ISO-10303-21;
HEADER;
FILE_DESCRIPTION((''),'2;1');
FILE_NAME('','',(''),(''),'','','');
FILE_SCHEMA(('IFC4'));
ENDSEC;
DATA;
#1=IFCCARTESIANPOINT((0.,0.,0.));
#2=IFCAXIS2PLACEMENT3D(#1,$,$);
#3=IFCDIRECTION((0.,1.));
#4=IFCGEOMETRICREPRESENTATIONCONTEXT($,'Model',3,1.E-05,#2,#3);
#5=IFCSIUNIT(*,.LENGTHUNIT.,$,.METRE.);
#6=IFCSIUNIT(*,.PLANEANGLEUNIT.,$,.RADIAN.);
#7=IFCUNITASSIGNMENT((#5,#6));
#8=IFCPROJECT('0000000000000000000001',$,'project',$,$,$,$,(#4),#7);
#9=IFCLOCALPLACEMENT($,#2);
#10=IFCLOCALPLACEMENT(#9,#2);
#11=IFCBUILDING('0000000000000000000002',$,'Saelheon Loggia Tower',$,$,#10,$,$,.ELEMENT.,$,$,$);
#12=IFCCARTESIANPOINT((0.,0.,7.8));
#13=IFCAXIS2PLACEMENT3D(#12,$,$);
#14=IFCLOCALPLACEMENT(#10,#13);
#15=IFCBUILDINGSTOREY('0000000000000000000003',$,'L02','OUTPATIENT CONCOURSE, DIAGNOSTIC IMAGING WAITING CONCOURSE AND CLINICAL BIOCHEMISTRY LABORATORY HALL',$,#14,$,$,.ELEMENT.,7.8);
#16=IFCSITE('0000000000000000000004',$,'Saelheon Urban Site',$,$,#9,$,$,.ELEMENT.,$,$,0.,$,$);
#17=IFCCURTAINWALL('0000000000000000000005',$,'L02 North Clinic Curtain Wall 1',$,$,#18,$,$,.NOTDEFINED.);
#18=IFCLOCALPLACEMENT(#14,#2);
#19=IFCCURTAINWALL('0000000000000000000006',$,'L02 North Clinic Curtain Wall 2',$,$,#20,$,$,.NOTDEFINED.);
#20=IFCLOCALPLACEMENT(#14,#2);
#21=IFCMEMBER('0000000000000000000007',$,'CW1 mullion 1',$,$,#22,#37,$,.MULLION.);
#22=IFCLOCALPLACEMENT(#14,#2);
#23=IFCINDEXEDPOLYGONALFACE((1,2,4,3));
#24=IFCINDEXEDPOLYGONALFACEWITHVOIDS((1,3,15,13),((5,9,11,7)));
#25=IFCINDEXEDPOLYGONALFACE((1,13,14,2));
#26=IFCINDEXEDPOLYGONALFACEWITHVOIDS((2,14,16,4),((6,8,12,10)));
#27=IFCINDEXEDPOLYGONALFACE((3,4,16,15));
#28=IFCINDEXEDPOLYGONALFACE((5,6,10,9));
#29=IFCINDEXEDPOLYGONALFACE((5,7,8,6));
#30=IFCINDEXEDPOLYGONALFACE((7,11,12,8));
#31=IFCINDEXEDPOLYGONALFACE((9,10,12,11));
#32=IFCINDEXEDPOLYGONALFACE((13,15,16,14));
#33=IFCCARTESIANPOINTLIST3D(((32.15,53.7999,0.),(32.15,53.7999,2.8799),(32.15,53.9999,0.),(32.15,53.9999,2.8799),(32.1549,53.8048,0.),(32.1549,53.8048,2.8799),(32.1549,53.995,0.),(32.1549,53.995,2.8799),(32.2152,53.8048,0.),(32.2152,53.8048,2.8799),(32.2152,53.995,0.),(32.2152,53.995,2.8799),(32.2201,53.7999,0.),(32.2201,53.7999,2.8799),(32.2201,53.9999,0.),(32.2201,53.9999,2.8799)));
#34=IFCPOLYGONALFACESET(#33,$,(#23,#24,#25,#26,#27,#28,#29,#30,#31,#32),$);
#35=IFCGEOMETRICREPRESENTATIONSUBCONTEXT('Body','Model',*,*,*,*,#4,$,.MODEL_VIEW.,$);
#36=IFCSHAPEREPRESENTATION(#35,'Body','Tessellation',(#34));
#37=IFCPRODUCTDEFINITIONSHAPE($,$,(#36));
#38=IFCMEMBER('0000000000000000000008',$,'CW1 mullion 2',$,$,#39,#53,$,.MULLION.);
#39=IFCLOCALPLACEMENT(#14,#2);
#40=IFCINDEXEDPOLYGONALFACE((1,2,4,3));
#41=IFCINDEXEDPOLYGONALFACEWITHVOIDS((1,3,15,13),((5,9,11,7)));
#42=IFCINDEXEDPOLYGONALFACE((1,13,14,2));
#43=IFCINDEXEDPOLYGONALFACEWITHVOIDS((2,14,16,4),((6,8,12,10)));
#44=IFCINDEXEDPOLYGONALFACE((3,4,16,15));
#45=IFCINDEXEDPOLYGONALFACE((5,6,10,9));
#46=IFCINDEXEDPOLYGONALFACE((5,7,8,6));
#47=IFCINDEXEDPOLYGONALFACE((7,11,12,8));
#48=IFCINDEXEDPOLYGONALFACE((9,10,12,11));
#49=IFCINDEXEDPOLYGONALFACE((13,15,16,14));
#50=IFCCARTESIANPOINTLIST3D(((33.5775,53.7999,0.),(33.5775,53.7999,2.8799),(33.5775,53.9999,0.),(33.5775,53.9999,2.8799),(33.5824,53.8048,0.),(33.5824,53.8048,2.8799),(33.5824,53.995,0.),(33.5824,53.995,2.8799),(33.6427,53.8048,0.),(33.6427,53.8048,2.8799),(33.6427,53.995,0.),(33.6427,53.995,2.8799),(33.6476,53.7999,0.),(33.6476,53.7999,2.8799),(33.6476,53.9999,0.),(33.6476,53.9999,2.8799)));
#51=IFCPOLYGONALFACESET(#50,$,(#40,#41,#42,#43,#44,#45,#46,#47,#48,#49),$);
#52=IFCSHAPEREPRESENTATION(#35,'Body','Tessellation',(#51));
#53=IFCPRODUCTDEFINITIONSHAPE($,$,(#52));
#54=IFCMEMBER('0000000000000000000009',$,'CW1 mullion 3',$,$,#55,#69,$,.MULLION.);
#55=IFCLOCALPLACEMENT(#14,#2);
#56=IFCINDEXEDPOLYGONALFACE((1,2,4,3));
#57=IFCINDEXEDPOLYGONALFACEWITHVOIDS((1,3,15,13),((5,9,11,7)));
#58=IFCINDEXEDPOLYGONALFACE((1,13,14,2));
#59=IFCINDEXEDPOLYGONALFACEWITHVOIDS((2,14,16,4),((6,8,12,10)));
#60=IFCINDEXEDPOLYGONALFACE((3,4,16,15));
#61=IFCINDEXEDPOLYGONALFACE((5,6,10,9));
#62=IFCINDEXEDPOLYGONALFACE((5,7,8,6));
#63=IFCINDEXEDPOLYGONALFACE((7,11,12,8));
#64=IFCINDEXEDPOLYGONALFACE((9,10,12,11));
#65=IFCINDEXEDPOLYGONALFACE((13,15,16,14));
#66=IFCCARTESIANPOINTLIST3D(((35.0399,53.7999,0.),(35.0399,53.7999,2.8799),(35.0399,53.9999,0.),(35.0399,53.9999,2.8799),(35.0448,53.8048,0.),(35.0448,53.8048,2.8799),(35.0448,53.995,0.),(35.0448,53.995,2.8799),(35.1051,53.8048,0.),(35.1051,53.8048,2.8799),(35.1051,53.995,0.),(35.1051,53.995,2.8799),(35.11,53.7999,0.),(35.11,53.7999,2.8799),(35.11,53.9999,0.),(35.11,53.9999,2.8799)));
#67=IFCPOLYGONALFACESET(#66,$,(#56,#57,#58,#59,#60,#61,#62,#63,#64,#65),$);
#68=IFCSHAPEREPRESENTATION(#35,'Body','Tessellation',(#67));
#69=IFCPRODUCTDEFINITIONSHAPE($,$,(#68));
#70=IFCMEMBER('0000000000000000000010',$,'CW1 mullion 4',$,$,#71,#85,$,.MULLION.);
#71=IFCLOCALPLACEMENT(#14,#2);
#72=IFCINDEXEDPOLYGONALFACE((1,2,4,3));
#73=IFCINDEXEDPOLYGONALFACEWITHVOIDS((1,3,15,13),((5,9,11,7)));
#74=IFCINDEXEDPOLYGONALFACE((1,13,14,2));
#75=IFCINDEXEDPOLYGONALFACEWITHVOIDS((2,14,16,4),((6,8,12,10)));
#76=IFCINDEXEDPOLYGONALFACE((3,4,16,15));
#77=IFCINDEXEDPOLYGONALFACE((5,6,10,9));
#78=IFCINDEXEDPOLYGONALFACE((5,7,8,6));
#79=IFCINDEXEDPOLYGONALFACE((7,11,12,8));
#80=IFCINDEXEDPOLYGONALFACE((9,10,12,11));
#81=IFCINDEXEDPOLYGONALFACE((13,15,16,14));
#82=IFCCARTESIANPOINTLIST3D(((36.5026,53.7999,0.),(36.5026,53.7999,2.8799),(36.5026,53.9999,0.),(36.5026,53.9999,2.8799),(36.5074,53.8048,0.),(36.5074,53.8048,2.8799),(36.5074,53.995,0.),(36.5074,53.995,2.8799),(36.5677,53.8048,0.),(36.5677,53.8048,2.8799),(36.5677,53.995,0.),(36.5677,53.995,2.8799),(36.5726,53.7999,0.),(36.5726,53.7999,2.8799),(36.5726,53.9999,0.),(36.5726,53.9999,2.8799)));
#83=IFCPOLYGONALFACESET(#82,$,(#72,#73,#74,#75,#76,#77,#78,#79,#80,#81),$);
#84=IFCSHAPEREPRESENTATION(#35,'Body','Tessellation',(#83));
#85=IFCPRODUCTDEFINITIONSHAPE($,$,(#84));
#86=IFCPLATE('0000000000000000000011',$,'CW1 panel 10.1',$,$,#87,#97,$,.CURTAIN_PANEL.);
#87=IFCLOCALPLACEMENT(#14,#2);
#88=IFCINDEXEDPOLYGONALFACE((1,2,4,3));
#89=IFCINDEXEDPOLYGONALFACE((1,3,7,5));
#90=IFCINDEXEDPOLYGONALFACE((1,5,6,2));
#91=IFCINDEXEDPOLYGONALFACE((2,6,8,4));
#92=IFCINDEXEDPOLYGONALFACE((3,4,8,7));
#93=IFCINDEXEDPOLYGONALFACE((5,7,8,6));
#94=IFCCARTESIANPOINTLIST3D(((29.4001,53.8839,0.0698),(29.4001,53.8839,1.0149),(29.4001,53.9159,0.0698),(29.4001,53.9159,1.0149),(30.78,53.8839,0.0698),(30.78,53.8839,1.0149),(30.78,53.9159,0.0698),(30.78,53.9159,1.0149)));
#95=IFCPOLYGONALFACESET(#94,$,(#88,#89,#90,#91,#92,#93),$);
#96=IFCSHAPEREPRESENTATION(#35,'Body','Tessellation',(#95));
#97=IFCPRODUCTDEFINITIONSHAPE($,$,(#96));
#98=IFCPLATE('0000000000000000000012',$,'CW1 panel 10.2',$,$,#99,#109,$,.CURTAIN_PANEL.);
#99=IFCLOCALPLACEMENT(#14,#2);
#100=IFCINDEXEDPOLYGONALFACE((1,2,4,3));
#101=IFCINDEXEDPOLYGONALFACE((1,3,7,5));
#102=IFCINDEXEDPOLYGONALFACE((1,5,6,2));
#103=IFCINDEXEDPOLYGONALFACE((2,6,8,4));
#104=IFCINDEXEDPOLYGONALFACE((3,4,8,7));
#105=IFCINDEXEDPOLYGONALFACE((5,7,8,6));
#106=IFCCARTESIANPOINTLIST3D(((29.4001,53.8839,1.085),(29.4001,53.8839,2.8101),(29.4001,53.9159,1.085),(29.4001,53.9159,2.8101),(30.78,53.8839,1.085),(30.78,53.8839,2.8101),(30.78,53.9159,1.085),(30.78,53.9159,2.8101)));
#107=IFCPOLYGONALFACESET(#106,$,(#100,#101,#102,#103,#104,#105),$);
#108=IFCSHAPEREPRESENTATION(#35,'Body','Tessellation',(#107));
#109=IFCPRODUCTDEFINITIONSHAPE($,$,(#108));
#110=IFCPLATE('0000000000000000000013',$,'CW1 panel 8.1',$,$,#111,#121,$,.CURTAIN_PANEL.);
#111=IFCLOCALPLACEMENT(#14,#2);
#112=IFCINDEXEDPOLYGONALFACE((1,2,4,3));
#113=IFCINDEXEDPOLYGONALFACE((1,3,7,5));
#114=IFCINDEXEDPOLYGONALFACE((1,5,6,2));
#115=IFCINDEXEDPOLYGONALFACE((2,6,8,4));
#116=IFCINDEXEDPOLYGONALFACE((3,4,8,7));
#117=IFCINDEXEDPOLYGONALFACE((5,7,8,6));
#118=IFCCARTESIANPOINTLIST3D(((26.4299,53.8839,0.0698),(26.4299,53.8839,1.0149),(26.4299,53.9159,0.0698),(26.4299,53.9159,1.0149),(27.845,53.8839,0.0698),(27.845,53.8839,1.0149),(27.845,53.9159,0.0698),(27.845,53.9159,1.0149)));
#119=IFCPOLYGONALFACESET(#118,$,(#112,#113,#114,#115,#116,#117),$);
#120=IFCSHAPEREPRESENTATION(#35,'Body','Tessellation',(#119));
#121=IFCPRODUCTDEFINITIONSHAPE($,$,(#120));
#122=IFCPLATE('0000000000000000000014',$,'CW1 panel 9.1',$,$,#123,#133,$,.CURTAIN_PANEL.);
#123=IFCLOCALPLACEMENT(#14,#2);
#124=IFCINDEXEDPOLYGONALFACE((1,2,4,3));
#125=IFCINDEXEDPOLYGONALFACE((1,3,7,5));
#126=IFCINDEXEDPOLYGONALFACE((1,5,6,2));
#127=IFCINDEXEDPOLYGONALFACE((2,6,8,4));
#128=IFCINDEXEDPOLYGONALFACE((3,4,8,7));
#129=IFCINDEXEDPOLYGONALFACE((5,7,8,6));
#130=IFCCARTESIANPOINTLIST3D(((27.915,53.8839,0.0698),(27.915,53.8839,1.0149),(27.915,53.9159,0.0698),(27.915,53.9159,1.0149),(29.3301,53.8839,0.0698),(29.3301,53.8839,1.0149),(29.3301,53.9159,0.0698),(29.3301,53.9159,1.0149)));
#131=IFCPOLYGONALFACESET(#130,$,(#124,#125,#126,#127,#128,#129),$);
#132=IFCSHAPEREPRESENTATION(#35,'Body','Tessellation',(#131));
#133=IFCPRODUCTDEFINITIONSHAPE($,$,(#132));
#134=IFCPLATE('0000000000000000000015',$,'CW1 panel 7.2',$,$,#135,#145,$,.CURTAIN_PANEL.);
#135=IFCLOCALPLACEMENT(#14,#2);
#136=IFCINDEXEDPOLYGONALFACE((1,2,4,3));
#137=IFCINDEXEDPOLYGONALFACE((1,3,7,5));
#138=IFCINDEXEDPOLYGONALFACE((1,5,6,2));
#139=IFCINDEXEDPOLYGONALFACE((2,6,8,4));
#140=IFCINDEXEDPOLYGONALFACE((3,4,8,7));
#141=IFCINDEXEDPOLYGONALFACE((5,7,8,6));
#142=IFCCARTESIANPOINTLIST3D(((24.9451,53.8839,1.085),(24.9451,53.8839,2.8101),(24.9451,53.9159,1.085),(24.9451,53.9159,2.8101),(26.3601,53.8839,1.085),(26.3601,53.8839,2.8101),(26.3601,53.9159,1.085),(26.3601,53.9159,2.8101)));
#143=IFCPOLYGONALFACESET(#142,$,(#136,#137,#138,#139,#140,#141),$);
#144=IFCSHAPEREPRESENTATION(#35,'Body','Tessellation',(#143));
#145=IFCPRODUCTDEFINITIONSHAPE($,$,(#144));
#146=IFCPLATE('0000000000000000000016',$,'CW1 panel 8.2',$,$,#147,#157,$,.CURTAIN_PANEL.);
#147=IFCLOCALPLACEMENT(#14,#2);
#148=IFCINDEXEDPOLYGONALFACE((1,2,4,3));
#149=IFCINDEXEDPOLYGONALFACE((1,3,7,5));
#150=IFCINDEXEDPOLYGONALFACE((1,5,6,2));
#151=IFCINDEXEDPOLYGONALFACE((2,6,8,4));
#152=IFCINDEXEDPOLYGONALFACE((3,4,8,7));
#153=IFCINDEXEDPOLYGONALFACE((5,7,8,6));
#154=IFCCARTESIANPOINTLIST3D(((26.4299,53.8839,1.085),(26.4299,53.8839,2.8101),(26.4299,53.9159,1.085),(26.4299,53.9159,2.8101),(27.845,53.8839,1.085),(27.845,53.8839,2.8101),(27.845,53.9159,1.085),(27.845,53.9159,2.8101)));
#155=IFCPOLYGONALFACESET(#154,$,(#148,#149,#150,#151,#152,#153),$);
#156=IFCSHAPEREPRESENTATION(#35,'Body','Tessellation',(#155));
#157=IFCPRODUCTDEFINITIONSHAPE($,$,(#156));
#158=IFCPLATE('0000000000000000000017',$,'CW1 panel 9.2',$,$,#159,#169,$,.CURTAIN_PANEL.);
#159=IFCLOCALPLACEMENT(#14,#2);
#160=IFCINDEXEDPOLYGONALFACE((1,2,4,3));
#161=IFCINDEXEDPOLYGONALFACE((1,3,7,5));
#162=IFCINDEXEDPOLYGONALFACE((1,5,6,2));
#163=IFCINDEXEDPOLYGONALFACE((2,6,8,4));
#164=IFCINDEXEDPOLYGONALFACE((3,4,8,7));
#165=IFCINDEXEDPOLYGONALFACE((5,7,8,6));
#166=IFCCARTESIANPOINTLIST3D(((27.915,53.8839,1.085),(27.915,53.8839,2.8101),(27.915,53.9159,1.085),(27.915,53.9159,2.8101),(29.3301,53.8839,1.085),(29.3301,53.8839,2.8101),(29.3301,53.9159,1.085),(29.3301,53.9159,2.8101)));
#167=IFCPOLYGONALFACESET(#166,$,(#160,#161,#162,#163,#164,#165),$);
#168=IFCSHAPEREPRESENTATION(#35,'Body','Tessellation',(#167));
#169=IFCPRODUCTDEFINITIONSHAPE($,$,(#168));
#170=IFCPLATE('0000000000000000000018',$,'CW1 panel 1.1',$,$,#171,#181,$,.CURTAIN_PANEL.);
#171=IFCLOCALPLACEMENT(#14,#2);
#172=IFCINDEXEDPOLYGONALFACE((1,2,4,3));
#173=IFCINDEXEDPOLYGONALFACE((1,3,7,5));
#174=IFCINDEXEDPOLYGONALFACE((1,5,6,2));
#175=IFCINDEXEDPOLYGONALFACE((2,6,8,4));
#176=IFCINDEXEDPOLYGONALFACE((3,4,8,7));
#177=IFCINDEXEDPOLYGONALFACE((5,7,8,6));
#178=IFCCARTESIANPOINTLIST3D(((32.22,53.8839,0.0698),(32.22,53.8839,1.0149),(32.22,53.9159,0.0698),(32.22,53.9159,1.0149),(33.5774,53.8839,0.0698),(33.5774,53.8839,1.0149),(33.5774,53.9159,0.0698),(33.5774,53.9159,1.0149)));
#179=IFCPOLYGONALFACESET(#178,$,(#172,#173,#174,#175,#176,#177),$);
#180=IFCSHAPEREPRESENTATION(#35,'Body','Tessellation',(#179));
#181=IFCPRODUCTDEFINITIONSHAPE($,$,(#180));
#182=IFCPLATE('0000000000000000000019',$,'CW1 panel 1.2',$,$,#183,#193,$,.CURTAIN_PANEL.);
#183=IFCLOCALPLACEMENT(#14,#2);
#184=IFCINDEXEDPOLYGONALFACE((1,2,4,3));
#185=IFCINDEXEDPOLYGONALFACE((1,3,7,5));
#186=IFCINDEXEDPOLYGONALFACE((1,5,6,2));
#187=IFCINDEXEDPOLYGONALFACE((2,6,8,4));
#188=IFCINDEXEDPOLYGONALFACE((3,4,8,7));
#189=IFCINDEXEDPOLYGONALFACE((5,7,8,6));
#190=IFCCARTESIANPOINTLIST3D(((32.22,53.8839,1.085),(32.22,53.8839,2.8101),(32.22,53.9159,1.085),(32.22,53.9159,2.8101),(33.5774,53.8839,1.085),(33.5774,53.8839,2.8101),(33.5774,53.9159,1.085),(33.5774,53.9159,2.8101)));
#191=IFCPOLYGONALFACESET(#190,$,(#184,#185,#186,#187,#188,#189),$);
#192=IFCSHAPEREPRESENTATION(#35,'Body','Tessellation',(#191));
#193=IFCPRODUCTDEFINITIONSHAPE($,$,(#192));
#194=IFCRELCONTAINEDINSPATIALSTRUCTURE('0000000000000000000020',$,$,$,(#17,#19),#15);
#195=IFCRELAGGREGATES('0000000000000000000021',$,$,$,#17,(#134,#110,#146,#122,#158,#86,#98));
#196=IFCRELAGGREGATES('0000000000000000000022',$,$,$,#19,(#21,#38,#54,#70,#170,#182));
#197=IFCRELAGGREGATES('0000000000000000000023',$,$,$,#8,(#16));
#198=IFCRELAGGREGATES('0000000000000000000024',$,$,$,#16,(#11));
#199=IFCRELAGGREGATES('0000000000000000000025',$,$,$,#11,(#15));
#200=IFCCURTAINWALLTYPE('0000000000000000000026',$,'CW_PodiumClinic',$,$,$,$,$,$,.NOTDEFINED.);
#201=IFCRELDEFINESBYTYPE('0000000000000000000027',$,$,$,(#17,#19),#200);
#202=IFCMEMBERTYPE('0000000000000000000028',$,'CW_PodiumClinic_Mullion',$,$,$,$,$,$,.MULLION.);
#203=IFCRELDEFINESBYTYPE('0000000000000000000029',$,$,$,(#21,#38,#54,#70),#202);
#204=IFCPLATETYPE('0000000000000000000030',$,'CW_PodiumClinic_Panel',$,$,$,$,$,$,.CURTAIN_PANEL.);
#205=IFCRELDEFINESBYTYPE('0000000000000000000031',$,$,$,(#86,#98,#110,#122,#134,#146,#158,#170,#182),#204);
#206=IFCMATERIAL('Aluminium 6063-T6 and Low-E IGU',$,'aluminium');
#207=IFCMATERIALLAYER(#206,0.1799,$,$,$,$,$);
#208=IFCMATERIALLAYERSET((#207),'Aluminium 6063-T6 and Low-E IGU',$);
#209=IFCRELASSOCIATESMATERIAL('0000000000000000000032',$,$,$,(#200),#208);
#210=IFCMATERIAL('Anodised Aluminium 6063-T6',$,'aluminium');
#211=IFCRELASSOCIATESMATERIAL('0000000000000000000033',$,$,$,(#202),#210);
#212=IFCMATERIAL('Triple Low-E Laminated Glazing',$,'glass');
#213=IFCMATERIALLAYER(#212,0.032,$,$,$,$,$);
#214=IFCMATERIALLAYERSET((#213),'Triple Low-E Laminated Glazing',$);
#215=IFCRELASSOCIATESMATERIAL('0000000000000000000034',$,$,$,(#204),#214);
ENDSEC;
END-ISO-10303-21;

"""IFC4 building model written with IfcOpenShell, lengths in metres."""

from ifc_helpers import new_model, si_unit, direction, frame, origin, origin_2d, place, context, subcontext, project, spatial, rectangle, hollow_rectangle, extrude, source, transform, mapped, material, layer, layer_set, material_profile, profile_set, type_object, element, aggregate, save


model = new_model("IFC4")

# Units and contexts
model_context = context("Model", 3, precision=1e-05, world=origin(), true_north=direction((0.0, 1.0)))
body_context = subcontext(model_context, "Body", "Model", "MODEL_VIEW")
ifc_project = project(units=[si_unit("LENGTHUNIT", "METRE"), si_unit("PLANEANGLEUNIT", "RADIAN")], contexts=[model_context])

# Site, building, storey
site_placement = place(None, origin())
site = spatial("IfcSite", under=ifc_project, at=site_placement, Name="Saelheon Urban Site", CompositionType="ELEMENT", RefElevation=0.0)
building_placement = place(site_placement, origin())
building = spatial("IfcBuilding", under=site, at=building_placement, Name="Saelheon Loggia Tower", CompositionType="ELEMENT")
storey_placement = place(building_placement, frame((0.0, 0.0, 7.8)))
storey = spatial("IfcBuildingStorey", under=building, at=storey_placement, Name="L02", Description="OUTPATIENT CONCOURSE, DIAGNOSTIC IMAGING WAITING CONCOURSE AND CLINICAL BIOCHEMISTRY LABORATORY HALL", CompositionType="ELEMENT", Elevation=7.8)

# Curtain walls
ifc_material_1 = material(Name="Aluminium 6063-T6 and Low-E IGU", Category="aluminium")
ifc_layer_1 = layer(ifc_material_1, 0.1799)
ifc_layer_set_1 = layer_set([ifc_layer_1], Name="Aluminium 6063-T6 and Low-E IGU")
curtain_wall_type = type_object("IfcCurtainWallType", Name="CW_PodiumClinic", PredefinedType="NOTDEFINED", material=ifc_layer_set_1)
curtain_wall_1_placement = place(storey_placement, origin())
curtain_wall_1 = element("IfcCurtainWall", 1, at=curtain_wall_1_placement, inside=storey, type_object=curtain_wall_type, Name="L02 North Clinic Curtain Wall 1", PredefinedType="NOTDEFINED")
ifc_material_2 = material(Name="Anodised Aluminium 6063-T6", Category="aluminium")
curtain_wall_2_placement = place(storey_placement, origin())
curtain_wall_2 = element("IfcCurtainWall", 2, at=curtain_wall_2_placement, inside=storey, type_object=curtain_wall_type, Name="L02 North Clinic Curtain Wall 2", PredefinedType="NOTDEFINED")

# Members
ifc_material_profile_1 = material_profile(ifc_material_2, hollow_rectangle(XDim=0.0701, YDim=0.2, WallThickness=0.0049, at=origin_2d()), Name="RHS-200x70x5")
ifc_profile_set_1 = profile_set([ifc_material_profile_1], Name="Anodised Aluminium 6063-T6")
member_type_1 = type_object("IfcMemberType", Name="CW_PodiumClinic_Mullion", PredefinedType="MULLION", material=ifc_profile_set_1)
shared_shape_1 = source(origin(), body_context, "Body", "SweptSolid", [
    extrude(hollow_rectangle(XDim=0.0701, YDim=0.2, WallThickness=0.0049, at=origin_2d()), origin(), (0.0, 0.0, 1.0), 2.8799),
])
member_1_placement = place(storey_placement, frame((32.1851, 53.8999, 0.0), z_axis=(0.0, 0.0, 1.0), x_axis=(1.0, 0.0, 0.0)))
member_1 = element("IfcMember", 3, at=member_1_placement, type_object=member_type_1, Name="CW1 mullion 1", PredefinedType="MULLION", context=body_context, shape_type="MappedRepresentation", body=[
    mapped(shared_shape_1, transform((0.0, 0.0, 0.0), scale=1.0)),
])
member_2_placement = place(storey_placement, frame((33.6125, 53.8999, 0.0), z_axis=(0.0, 0.0, 1.0), x_axis=(1.0, 0.0, 0.0)))
member_2 = element("IfcMember", 4, at=member_2_placement, type_object=member_type_1, Name="CW1 mullion 2", PredefinedType="MULLION", context=body_context, shape_type="MappedRepresentation", body=[
    mapped(shared_shape_1, transform((0.0, 0.0, 0.0), scale=1.0)),
])
member_3_placement = place(storey_placement, frame((35.075, 53.8999, 0.0), z_axis=(0.0, 0.0, 1.0), x_axis=(1.0, 0.0, 0.0)))
member_3 = element("IfcMember", 5, at=member_3_placement, type_object=member_type_1, Name="CW1 mullion 3", PredefinedType="MULLION", context=body_context, shape_type="MappedRepresentation", body=[
    mapped(shared_shape_1, transform((0.0, 0.0, 0.0), scale=1.0)),
])
member_4_placement = place(storey_placement, frame((36.5376, 53.8999, 0.0), z_axis=(0.0, 0.0, 1.0), x_axis=(1.0, 0.0, 0.0)))
member_4 = element("IfcMember", 6, at=member_4_placement, type_object=member_type_1, Name="CW1 mullion 4", PredefinedType="MULLION", context=body_context, shape_type="MappedRepresentation", body=[
    mapped(shared_shape_1, transform((0.0, 0.0, 0.0), scale=1.0)),
])

# Plates
ifc_material_3 = material(Name="Triple Low-E Laminated Glazing", Category="glass")
ifc_layer_2 = layer(ifc_material_3, 0.032)
ifc_layer_set_2 = layer_set([ifc_layer_2], Name="Triple Low-E Laminated Glazing")
plate_type = type_object("IfcPlateType", Name="CW_PodiumClinic_Panel", PredefinedType="CURTAIN_PANEL", material=ifc_layer_set_2)
shared_shape_2 = source(origin(), body_context, "Body", "SweptSolid", [
    extrude(rectangle(XDim=1.3799, YDim=0.032, at=origin_2d()), origin(), (0.0, 0.0, 1.0), 0.9451),
])
plate_1_placement = place(storey_placement, frame((30.0901, 53.8999, 0.0698), z_axis=(0.0, 0.0, 1.0), x_axis=(1.0, 0.0, 0.0)))
plate_1 = element("IfcPlate", 7, at=plate_1_placement, type_object=plate_type, Name="CW1 panel 10.1", PredefinedType="CURTAIN_PANEL", context=body_context, shape_type="MappedRepresentation", body=[
    mapped(shared_shape_2, transform((0.0, 0.0, 0.0), scale=1.0)),
])
shared_shape_3 = source(origin(), body_context, "Body", "SweptSolid", [
    extrude(rectangle(XDim=1.3799, YDim=0.032, at=origin_2d()), origin(), (0.0, 0.0, 1.0), 1.7251),
])
plate_2_placement = place(storey_placement, frame((30.0901, 53.8999, 1.085), z_axis=(0.0, 0.0, 1.0), x_axis=(1.0, 0.0, 0.0)))
plate_2 = element("IfcPlate", 8, at=plate_2_placement, type_object=plate_type, Name="CW1 panel 10.2", PredefinedType="CURTAIN_PANEL", context=body_context, shape_type="MappedRepresentation", body=[
    mapped(shared_shape_3, transform((0.0, 0.0, 0.0), scale=1.0)),
])
shared_shape_4 = source(origin(), body_context, "Body", "SweptSolid", [
    extrude(rectangle(XDim=1.415, YDim=0.032, at=origin_2d()), origin(), (0.0, 0.0, 1.0), 0.9451),
])
plate_3_placement = place(storey_placement, frame((27.1375, 53.8999, 0.0698), z_axis=(0.0, 0.0, 1.0), x_axis=(1.0, 0.0, 0.0)))
plate_3 = element("IfcPlate", 9, at=plate_3_placement, type_object=plate_type, Name="CW1 panel 8.1", PredefinedType="CURTAIN_PANEL", context=body_context, shape_type="MappedRepresentation", body=[
    mapped(shared_shape_4, transform((0.0, 0.0, 0.0), scale=1.0)),
])
plate_4_placement = place(storey_placement, frame((28.6226, 53.8999, 0.0698), z_axis=(0.0, 0.0, 1.0), x_axis=(1.0, 0.0, 0.0)))
plate_4 = element("IfcPlate", 10, at=plate_4_placement, type_object=plate_type, Name="CW1 panel 9.1", PredefinedType="CURTAIN_PANEL", context=body_context, shape_type="MappedRepresentation", body=[
    mapped(shared_shape_4, transform((0.0, 0.0, 0.0), scale=1.0)),
])
shared_shape_5 = source(origin(), body_context, "Body", "SweptSolid", [
    extrude(rectangle(XDim=1.415, YDim=0.032, at=origin_2d()), origin(), (0.0, 0.0, 1.0), 1.7251),
])
plate_5_placement = place(storey_placement, frame((25.6526, 53.8999, 1.085), z_axis=(0.0, 0.0, 1.0), x_axis=(1.0, 0.0, 0.0)))
plate_5 = element("IfcPlate", 11, at=plate_5_placement, type_object=plate_type, Name="CW1 panel 7.2", PredefinedType="CURTAIN_PANEL", context=body_context, shape_type="MappedRepresentation", body=[
    mapped(shared_shape_5, transform((0.0, 0.0, 0.0), scale=1.0)),
])
plate_6_placement = place(storey_placement, frame((27.1375, 53.8999, 1.085), z_axis=(0.0, 0.0, 1.0), x_axis=(1.0, 0.0, 0.0)))
plate_6 = element("IfcPlate", 12, at=plate_6_placement, type_object=plate_type, Name="CW1 panel 8.2", PredefinedType="CURTAIN_PANEL", context=body_context, shape_type="MappedRepresentation", body=[
    mapped(shared_shape_5, transform((0.0, 0.0, 0.0), scale=1.0)),
])
plate_7_placement = place(storey_placement, frame((28.6226, 53.8999, 1.085), z_axis=(0.0, 0.0, 1.0), x_axis=(1.0, 0.0, 0.0)))
plate_7 = element("IfcPlate", 13, at=plate_7_placement, type_object=plate_type, Name="CW1 panel 9.2", PredefinedType="CURTAIN_PANEL", context=body_context, shape_type="MappedRepresentation", body=[
    mapped(shared_shape_5, transform((0.0, 0.0, 0.0), scale=1.0)),
])
aggregate(curtain_wall_1, [plate_5, plate_3, plate_6, plate_4, plate_7, plate_1, plate_2])
shared_shape_6 = source(origin(), body_context, "Body", "SweptSolid", [
    extrude(rectangle(XDim=1.3574, YDim=0.032, at=origin_2d()), origin(), (0.0, 0.0, 1.0), 0.9451),
])
plate_8_placement = place(storey_placement, frame((32.8987, 53.8999, 0.0698), z_axis=(0.0, 0.0, 1.0), x_axis=(1.0, 0.0, 0.0)))
plate_8 = element("IfcPlate", 14, at=plate_8_placement, type_object=plate_type, Name="CW1 panel 1.1", PredefinedType="CURTAIN_PANEL", context=body_context, shape_type="MappedRepresentation", body=[
    mapped(shared_shape_6, transform((0.0, 0.0, 0.0), scale=1.0)),
])
shared_shape_7 = source(origin(), body_context, "Body", "SweptSolid", [
    extrude(rectangle(XDim=1.3574, YDim=0.032, at=origin_2d()), origin(), (0.0, 0.0, 1.0), 1.7251),
])
plate_9_placement = place(storey_placement, frame((32.8987, 53.8999, 1.085), z_axis=(0.0, 0.0, 1.0), x_axis=(1.0, 0.0, 0.0)))
plate_9 = element("IfcPlate", 15, at=plate_9_placement, type_object=plate_type, Name="CW1 panel 1.2", PredefinedType="CURTAIN_PANEL", context=body_context, shape_type="MappedRepresentation", body=[
    mapped(shared_shape_7, transform((0.0, 0.0, 0.0), scale=1.0)),
])
aggregate(curtain_wall_2, [member_1, member_2, member_3, member_4, plate_8, plate_9])

save(model, "model.ifc")
